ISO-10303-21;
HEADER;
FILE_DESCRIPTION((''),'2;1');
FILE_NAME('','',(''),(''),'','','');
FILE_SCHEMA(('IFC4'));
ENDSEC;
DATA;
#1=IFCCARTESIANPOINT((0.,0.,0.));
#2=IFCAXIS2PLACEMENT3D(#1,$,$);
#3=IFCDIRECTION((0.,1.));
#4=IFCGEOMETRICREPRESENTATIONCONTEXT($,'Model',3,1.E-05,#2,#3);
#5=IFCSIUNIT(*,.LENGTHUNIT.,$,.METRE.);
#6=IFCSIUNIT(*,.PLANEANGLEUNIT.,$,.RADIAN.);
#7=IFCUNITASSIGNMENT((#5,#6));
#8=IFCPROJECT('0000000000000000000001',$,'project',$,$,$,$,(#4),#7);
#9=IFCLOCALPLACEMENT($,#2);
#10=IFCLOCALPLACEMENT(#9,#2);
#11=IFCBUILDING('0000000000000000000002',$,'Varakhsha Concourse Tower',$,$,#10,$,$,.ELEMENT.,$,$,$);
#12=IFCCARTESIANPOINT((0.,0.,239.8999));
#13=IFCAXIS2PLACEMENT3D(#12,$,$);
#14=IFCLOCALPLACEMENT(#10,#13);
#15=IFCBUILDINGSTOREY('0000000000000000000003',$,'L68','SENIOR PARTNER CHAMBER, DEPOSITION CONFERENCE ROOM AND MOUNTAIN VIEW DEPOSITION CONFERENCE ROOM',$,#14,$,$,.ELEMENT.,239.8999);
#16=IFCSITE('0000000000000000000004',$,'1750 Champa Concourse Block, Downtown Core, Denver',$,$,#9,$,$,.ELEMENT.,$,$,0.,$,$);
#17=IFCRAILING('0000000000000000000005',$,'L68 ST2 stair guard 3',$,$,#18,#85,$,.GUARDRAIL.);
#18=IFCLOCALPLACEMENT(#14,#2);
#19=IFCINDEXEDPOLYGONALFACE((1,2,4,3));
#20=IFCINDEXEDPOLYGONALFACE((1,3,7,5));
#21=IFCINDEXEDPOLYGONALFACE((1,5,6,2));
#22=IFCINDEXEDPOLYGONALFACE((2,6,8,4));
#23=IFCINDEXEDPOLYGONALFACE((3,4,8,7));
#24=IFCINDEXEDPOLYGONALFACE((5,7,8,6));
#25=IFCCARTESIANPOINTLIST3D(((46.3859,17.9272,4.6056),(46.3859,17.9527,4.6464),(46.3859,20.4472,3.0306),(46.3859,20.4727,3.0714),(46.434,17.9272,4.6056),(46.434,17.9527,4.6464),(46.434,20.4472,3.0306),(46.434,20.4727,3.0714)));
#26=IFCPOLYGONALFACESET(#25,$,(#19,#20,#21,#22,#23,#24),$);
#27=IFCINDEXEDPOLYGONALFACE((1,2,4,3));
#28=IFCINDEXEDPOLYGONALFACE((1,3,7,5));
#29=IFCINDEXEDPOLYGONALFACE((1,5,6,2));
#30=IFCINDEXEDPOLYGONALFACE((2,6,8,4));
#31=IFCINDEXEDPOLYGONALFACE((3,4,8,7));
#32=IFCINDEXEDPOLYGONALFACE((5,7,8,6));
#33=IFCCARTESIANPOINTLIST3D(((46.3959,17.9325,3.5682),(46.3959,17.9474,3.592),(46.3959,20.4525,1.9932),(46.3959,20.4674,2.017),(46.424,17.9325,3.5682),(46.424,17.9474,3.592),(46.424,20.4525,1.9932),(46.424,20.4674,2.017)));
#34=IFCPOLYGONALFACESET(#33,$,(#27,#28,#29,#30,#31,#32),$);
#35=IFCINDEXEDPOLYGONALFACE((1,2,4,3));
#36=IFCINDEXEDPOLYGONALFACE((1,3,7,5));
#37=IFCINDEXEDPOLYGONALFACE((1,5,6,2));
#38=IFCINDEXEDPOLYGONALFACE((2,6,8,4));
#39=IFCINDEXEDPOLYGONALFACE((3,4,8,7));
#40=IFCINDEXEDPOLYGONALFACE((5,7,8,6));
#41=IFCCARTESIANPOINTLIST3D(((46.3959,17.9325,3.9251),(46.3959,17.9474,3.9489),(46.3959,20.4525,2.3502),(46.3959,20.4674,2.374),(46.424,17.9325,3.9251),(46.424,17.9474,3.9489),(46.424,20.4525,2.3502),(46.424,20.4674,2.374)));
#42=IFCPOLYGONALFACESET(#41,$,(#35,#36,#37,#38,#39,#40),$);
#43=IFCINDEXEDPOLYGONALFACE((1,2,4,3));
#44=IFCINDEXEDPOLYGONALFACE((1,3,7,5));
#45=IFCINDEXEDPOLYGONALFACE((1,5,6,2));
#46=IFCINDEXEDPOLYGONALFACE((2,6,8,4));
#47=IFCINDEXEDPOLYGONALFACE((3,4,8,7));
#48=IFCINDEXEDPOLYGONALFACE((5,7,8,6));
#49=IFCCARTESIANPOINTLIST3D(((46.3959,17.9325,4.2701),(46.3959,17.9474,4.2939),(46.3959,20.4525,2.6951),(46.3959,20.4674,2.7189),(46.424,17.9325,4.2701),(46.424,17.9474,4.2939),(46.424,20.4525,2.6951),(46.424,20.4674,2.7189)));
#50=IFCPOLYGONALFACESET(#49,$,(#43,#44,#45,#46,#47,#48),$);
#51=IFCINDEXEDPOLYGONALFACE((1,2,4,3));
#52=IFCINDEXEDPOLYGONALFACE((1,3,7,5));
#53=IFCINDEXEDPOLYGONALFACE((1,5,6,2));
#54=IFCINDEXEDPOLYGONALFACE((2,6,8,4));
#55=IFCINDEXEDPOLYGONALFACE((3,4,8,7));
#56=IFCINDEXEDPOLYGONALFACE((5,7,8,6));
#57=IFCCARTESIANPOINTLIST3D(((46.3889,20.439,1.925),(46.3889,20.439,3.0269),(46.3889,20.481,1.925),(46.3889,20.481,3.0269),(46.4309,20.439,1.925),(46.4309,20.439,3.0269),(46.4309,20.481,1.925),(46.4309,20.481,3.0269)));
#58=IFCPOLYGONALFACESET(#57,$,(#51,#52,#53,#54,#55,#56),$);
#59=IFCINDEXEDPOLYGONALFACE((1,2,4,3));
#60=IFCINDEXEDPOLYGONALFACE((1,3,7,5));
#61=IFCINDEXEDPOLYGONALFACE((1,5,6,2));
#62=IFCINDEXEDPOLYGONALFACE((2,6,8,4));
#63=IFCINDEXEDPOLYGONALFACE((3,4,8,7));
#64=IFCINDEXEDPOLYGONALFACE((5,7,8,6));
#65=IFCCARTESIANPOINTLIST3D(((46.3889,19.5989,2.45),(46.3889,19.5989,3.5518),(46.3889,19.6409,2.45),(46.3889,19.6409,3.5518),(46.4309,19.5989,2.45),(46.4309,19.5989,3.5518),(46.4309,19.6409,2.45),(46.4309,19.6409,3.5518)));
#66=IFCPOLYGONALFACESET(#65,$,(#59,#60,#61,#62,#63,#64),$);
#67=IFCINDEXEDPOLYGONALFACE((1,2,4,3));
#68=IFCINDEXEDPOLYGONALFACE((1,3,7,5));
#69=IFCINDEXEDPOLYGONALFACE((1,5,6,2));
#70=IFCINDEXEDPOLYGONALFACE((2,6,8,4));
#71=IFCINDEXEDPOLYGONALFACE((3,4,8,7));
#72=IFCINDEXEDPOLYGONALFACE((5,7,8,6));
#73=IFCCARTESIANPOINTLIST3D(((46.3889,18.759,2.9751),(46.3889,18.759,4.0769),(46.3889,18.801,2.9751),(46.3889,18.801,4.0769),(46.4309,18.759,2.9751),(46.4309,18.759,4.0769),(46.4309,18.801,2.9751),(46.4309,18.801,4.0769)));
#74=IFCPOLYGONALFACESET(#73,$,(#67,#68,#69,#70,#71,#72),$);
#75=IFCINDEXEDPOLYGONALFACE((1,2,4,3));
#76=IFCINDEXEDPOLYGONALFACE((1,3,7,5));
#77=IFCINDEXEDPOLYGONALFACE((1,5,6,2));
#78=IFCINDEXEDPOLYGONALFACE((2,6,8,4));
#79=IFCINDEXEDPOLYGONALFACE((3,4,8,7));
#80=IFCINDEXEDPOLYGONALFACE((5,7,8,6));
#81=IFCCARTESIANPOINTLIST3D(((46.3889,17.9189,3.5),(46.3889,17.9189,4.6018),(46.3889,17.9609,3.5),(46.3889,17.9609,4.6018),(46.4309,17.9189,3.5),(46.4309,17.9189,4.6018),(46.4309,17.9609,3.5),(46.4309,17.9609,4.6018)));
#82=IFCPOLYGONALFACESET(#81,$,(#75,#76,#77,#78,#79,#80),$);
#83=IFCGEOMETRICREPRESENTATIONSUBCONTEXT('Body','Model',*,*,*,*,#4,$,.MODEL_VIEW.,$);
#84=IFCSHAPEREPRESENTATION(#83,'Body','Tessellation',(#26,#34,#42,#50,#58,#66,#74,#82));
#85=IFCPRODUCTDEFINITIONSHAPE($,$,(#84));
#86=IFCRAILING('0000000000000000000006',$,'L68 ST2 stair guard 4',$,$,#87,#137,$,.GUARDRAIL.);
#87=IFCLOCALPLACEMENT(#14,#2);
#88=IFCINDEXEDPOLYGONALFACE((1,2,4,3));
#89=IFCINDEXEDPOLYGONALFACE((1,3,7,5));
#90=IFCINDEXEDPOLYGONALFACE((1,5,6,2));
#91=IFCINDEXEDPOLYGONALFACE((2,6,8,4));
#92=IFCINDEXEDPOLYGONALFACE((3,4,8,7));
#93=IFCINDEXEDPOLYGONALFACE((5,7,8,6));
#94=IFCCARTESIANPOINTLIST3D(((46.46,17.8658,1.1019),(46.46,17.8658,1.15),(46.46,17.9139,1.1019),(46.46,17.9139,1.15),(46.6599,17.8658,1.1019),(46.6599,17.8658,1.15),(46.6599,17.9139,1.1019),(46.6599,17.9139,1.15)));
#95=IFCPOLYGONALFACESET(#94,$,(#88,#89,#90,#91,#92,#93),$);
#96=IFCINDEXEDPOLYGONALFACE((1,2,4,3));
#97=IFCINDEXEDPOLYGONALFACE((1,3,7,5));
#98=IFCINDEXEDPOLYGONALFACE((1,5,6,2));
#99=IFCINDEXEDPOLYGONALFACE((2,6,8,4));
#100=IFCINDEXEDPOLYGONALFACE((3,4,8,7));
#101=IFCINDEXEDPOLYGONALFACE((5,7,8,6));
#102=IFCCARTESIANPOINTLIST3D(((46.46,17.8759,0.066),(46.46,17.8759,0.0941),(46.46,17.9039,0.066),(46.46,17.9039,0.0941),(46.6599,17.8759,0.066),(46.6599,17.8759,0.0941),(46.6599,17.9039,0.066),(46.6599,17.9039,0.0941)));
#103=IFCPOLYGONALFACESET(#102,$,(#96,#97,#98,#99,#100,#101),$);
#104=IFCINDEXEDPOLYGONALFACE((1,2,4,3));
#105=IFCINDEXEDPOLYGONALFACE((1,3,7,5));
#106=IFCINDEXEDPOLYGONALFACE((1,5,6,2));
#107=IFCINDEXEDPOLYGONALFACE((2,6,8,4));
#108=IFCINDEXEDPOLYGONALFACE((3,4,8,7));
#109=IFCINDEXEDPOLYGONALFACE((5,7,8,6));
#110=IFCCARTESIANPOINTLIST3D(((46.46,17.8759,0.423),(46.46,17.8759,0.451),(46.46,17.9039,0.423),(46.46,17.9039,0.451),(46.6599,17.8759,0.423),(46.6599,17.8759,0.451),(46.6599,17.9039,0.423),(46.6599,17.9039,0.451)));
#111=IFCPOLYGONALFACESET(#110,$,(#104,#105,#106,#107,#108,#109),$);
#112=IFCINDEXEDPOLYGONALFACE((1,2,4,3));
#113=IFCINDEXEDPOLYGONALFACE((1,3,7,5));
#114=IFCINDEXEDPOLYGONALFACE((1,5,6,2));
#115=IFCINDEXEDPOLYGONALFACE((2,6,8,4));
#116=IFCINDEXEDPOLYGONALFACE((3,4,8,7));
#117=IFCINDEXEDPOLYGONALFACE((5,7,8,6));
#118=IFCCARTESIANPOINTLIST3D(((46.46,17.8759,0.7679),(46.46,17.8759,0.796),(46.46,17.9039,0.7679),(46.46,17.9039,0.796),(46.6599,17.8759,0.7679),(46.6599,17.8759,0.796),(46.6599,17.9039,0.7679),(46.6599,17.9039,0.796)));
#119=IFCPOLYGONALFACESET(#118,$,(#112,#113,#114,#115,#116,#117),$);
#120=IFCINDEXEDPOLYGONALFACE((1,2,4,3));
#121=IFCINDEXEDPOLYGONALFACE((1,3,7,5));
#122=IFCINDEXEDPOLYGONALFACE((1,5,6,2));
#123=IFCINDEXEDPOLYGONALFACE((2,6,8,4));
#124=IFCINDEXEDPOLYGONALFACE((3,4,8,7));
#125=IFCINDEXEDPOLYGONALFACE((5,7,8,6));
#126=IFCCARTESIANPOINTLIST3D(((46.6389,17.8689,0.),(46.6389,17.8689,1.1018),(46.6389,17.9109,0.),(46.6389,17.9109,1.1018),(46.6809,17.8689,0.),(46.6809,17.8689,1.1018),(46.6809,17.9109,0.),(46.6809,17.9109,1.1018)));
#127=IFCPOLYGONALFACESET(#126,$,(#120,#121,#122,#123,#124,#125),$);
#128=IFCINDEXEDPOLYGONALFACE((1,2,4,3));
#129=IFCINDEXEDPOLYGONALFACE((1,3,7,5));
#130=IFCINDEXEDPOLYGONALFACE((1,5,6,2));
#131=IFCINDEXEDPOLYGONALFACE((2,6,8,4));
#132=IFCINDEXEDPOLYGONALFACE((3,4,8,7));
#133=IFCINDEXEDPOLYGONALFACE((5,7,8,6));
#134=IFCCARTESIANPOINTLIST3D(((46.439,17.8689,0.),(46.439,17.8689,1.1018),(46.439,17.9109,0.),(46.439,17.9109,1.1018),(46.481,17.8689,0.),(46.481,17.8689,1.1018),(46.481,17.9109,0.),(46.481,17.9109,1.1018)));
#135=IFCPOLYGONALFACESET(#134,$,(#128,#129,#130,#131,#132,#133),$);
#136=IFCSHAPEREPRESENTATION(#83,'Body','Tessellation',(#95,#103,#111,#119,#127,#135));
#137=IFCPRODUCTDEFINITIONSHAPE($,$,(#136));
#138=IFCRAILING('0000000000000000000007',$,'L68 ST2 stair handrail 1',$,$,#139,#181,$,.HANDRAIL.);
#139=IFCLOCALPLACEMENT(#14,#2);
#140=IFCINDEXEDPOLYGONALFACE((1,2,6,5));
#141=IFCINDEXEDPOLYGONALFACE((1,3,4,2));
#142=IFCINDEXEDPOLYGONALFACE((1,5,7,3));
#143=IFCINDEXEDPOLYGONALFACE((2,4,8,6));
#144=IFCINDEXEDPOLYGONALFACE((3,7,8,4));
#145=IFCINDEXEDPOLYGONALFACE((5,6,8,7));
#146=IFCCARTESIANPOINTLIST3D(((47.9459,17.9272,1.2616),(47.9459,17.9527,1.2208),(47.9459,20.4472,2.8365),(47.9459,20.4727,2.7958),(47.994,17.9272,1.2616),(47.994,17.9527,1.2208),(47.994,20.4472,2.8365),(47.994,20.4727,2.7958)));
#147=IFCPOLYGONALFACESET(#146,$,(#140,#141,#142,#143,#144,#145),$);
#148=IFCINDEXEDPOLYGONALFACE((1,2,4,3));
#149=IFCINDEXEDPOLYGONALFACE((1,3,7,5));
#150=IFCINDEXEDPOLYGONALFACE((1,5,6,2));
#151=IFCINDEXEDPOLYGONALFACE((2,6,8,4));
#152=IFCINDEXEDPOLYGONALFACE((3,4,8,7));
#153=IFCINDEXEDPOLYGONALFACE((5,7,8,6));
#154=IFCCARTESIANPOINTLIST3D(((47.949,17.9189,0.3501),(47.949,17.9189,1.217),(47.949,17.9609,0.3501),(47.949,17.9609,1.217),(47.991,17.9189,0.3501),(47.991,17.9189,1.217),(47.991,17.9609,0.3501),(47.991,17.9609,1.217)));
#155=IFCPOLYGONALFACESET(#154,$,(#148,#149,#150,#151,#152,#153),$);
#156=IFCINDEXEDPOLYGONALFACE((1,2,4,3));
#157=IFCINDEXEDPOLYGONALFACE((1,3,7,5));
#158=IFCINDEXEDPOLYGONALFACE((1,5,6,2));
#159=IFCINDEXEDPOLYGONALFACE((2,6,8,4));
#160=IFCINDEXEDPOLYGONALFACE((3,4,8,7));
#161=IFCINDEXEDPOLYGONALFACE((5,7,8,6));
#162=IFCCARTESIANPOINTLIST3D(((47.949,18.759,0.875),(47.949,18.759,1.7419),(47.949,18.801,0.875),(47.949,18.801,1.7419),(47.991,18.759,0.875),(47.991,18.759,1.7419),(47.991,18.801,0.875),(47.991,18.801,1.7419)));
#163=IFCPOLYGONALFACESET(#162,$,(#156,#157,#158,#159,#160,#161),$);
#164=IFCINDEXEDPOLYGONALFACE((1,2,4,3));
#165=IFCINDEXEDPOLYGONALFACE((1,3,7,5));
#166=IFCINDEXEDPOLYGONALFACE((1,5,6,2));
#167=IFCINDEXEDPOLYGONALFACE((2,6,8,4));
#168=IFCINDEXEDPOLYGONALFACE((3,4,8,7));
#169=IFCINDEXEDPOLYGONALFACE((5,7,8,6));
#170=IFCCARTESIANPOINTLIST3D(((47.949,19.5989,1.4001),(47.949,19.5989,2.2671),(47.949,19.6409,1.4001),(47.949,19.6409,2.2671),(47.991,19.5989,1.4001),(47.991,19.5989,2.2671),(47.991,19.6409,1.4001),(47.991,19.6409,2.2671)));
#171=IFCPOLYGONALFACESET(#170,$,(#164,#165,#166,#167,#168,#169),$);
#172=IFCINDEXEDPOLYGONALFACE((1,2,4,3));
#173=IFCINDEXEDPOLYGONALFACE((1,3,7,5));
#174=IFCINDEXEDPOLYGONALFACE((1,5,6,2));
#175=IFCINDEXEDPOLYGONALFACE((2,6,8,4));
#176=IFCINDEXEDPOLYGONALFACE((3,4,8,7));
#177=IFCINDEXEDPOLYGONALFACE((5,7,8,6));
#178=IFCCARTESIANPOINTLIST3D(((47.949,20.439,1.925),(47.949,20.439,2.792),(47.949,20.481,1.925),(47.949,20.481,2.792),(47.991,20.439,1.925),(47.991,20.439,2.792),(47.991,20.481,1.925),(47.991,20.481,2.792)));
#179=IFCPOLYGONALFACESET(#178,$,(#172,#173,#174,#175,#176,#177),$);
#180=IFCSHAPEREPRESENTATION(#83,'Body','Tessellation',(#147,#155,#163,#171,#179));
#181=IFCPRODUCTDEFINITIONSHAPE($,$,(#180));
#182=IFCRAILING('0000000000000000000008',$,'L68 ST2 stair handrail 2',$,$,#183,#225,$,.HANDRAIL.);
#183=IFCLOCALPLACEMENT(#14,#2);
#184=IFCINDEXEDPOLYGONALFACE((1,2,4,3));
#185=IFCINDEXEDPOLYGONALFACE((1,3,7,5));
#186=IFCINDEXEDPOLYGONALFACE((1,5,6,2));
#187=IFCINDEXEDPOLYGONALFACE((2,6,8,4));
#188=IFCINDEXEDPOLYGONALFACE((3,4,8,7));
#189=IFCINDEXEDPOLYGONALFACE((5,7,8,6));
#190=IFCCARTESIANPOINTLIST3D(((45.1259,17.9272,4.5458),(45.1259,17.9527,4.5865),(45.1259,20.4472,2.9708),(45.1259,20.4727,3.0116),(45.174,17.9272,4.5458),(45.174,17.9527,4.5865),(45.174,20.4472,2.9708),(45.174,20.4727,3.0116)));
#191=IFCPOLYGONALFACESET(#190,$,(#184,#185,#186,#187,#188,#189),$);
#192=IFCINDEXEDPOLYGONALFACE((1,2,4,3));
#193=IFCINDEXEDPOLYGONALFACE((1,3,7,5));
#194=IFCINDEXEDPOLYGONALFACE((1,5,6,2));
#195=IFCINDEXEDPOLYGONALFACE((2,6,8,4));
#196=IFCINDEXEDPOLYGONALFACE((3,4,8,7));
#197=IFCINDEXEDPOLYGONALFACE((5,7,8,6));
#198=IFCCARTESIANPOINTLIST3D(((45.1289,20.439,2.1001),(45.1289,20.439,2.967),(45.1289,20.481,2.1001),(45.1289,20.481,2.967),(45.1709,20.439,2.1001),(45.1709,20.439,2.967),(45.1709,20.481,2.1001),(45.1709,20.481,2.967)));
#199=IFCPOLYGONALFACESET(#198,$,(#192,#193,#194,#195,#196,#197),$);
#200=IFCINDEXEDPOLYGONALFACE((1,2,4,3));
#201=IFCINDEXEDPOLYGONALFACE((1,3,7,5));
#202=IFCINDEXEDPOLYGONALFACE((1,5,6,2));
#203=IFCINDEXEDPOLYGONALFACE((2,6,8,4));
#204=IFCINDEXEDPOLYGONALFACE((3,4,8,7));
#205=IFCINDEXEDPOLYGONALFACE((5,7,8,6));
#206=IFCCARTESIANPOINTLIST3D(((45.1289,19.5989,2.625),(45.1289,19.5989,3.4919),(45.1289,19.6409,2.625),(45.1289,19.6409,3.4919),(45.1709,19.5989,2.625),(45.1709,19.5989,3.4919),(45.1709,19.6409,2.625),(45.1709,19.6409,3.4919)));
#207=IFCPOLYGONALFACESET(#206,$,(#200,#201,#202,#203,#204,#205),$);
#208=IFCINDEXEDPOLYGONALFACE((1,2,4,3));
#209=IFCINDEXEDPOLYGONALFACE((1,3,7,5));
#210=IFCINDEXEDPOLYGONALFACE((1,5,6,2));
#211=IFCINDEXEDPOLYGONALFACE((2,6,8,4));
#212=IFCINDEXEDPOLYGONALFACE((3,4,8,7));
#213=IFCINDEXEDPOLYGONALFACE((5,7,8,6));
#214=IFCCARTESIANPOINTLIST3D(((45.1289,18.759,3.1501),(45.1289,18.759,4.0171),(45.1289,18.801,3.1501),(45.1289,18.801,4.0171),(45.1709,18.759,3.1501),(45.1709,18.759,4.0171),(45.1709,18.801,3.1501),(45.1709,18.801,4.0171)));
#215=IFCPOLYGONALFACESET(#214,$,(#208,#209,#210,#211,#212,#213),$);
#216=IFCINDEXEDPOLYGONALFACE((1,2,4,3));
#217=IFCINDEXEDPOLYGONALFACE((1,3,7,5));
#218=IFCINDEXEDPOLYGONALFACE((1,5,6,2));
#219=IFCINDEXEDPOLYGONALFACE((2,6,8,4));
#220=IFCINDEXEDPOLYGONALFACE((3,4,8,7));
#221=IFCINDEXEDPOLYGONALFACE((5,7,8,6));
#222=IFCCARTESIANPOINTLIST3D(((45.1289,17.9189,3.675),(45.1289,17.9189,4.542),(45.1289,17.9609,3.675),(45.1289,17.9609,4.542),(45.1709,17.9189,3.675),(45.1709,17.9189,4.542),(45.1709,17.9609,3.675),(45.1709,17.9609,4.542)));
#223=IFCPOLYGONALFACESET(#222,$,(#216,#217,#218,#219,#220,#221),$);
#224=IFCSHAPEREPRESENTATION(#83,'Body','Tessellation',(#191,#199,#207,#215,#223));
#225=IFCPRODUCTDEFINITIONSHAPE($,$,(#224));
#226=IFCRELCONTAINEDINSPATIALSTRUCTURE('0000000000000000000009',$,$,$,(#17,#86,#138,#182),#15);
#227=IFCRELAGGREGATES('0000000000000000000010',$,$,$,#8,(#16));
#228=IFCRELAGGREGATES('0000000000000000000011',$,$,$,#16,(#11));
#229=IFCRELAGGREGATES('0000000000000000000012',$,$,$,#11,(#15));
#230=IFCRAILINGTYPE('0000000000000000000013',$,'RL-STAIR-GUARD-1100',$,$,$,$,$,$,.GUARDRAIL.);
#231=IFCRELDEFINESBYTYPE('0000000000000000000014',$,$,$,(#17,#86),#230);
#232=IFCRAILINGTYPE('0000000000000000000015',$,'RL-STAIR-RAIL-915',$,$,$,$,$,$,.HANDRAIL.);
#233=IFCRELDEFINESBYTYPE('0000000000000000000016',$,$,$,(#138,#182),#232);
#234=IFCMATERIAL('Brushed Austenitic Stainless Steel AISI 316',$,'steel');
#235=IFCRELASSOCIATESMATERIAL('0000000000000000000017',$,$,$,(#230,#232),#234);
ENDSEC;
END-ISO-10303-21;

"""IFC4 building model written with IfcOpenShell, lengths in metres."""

from ifc_helpers import new_model, si_unit, direction, frame, origin, origin_2d, place, context, subcontext, project, spatial, rectangle, extrude, material, type_object, element, save


model = new_model("IFC4")

# Units and contexts
model_context = context("Model", 3, precision=1e-05, world=origin(), true_north=direction((0.0, 1.0)))
body_context = subcontext(model_context, "Body", "Model", "MODEL_VIEW")
ifc_project = project(units=[si_unit("LENGTHUNIT", "METRE"), si_unit("PLANEANGLEUNIT", "RADIAN")], contexts=[model_context])

# Site, building, storey
site_placement = place(None, origin())
site = spatial("IfcSite", under=ifc_project, at=site_placement, Name="1750 Champa Concourse Block, Downtown Core, Denver", CompositionType="ELEMENT", RefElevation=0.0)
building_placement = place(site_placement, origin())
building = spatial("IfcBuilding", under=site, at=building_placement, Name="Varakhsha Concourse Tower", CompositionType="ELEMENT")
storey_placement = place(building_placement, frame((0.0, 0.0, 239.8999)))
storey = spatial("IfcBuildingStorey", under=building, at=storey_placement, Name="L68", Description="SENIOR PARTNER CHAMBER, DEPOSITION CONFERENCE ROOM AND MOUNTAIN VIEW DEPOSITION CONFERENCE ROOM", CompositionType="ELEMENT", Elevation=239.8999)

# Railings
ifc_material_1 = material(Name="Brushed Austenitic Stainless Steel AISI 316", Category="steel")
railing_type_1 = type_object("IfcRailingType", Name="RL-STAIR-GUARD-1100", PredefinedType="GUARDRAIL", material=ifc_material_1)
railing_1_placement = place(storey_placement, frame((46.4099, 20.46, 1.925)))
element("IfcRailing", 1, at=railing_1_placement, inside=storey, type_object=railing_type_1, Name="L68 ST2 stair guard 3", PredefinedType="GUARDRAIL", context=body_context, shape_type="SweptSolid", body=[
    extrude(rectangle(XDim=0.0481, YDim=0.0481, at=origin_2d()), frame((0.0, 0.0, 1.126), z_axis=(0.0, -0.848008, 0.529984), x_axis=(1.0, 0.0, 0.0)), (0.0, 0.0, 1.0), 2.9717),
    extrude(rectangle(XDim=0.0281, YDim=0.0281, at=origin_2d()), frame((0.0, 0.0, 0.0801), z_axis=(0.0, -0.848008, 0.529984), x_axis=(1.0, 0.0, 0.0)), (0.0, 0.0, 1.0), 2.9717),
    extrude(rectangle(XDim=0.0281, YDim=0.0281, at=origin_2d()), frame((0.0, 0.0, 0.437), z_axis=(0.0, -0.848008, 0.529984), x_axis=(1.0, 0.0, 0.0)), (0.0, 0.0, 1.0), 2.9717),
    extrude(rectangle(XDim=0.0281, YDim=0.0281, at=origin_2d()), frame((0.0, 0.0, 0.782), z_axis=(0.0, -0.848008, 0.529984), x_axis=(1.0, 0.0, 0.0)), (0.0, 0.0, 1.0), 2.9717),
    extrude(rectangle(XDim=0.042, YDim=0.042, at=origin_2d()), origin(), (0.0, 0.0, 1.0), 1.1018),
    extrude(rectangle(XDim=0.042, YDim=0.042, at=origin_2d()), frame((0.0, -0.8401, 0.5249)), (0.0, 0.0, 1.0), 1.1018),
    extrude(rectangle(XDim=0.042, YDim=0.042, at=origin_2d()), frame((0.0, -1.6799, 1.05)), (0.0, 0.0, 1.0), 1.1018),
    extrude(rectangle(XDim=0.042, YDim=0.042, at=origin_2d()), frame((0.0, -2.52, 1.575)), (0.0, 0.0, 1.0), 1.1018),
])
railing_2_placement = place(storey_placement, frame((46.6599, 17.8899, 0.0)))
element("IfcRailing", 2, at=railing_2_placement, inside=storey, type_object=railing_type_1, Name="L68 ST2 stair guard 4", PredefinedType="GUARDRAIL", context=body_context, shape_type="SweptSolid", body=[
    extrude(rectangle(XDim=0.0481, YDim=0.0481, at=origin_2d()), frame((0.0, 0.0, 1.126), z_axis=(-1.0, 0.0, 0.0), x_axis=(0.0, -1.0, 0.0)), (0.0, 0.0, 1.0), 0.2),
    extrude(rectangle(XDim=0.0281, YDim=0.0281, at=origin_2d()), frame((0.0, 0.0, 0.0801), z_axis=(-1.0, 0.0, 0.0), x_axis=(0.0, -1.0, 0.0)), (0.0, 0.0, 1.0), 0.2),
    extrude(rectangle(XDim=0.0281, YDim=0.0281, at=origin_2d()), frame((0.0, 0.0, 0.437), z_axis=(-1.0, 0.0, 0.0), x_axis=(0.0, -1.0, 0.0)), (0.0, 0.0, 1.0), 0.2),
    extrude(rectangle(XDim=0.0281, YDim=0.0281, at=origin_2d()), frame((0.0, 0.0, 0.782), z_axis=(-1.0, 0.0, 0.0), x_axis=(0.0, -1.0, 0.0)), (0.0, 0.0, 1.0), 0.2),
    extrude(rectangle(XDim=0.042, YDim=0.042, at=origin_2d()), origin(), (0.0, 0.0, 1.0), 1.1018),
    extrude(rectangle(XDim=0.042, YDim=0.042, at=origin_2d()), frame((-0.2, 0.0, 0.0)), (0.0, 0.0, 1.0), 1.1018),
])
railing_type_2 = type_object("IfcRailingType", Name="RL-STAIR-RAIL-915", PredefinedType="HANDRAIL", material=ifc_material_1)
railing_3_placement = place(storey_placement, frame((47.97, 17.9399, 0.3501)))
element("IfcRailing", 3, at=railing_3_placement, inside=storey, type_object=railing_type_2, Name="L68 ST2 stair handrail 1", PredefinedType="HANDRAIL", context=body_context, shape_type="SweptSolid", body=[
    extrude(rectangle(XDim=0.0481, YDim=0.0481, at=origin_2d()), frame((0.0, 0.0, 0.8911), z_axis=(0.0, 0.848008, 0.529984), x_axis=(-1.0, 0.0, 0.0)), (0.0, 0.0, 1.0), 2.9717),
    extrude(rectangle(XDim=0.042, YDim=0.042, at=origin_2d()), origin(), (0.0, 0.0, 1.0), 0.8669),
    extrude(rectangle(XDim=0.042, YDim=0.042, at=origin_2d()), frame((0.0, 0.8401, 0.5249)), (0.0, 0.0, 1.0), 0.8669),
    extrude(rectangle(XDim=0.042, YDim=0.042, at=origin_2d()), frame((0.0, 1.6799, 1.05)), (0.0, 0.0, 1.0), 0.8669),
    extrude(rectangle(XDim=0.042, YDim=0.042, at=origin_2d()), frame((0.0, 2.52, 1.575)), (0.0, 0.0, 1.0), 0.8669),
])
railing_4_placement = place(storey_placement, frame((45.1499, 20.46, 2.1001)))
element("IfcRailing", 4, at=railing_4_placement, inside=storey, type_object=railing_type_2, Name="L68 ST2 stair handrail 2", PredefinedType="HANDRAIL", context=body_context, shape_type="SweptSolid", body=[
    extrude(rectangle(XDim=0.0481, YDim=0.0481, at=origin_2d()), frame((0.0, 0.0, 0.8911), z_axis=(0.0, -0.848008, 0.529984), x_axis=(1.0, 0.0, 0.0)), (0.0, 0.0, 1.0), 2.9717),
    extrude(rectangle(XDim=0.042, YDim=0.042, at=origin_2d()), origin(), (0.0, 0.0, 1.0), 0.8669),
    extrude(rectangle(XDim=0.042, YDim=0.042, at=origin_2d()), frame((0.0, -0.8401, 0.5249)), (0.0, 0.0, 1.0), 0.8669),
    extrude(rectangle(XDim=0.042, YDim=0.042, at=origin_2d()), frame((0.0, -1.6799, 1.05)), (0.0, 0.0, 1.0), 0.8669),
    extrude(rectangle(XDim=0.042, YDim=0.042, at=origin_2d()), frame((0.0, -2.52, 1.575)), (0.0, 0.0, 1.0), 0.8669),
])

save(model, "model.ifc")
